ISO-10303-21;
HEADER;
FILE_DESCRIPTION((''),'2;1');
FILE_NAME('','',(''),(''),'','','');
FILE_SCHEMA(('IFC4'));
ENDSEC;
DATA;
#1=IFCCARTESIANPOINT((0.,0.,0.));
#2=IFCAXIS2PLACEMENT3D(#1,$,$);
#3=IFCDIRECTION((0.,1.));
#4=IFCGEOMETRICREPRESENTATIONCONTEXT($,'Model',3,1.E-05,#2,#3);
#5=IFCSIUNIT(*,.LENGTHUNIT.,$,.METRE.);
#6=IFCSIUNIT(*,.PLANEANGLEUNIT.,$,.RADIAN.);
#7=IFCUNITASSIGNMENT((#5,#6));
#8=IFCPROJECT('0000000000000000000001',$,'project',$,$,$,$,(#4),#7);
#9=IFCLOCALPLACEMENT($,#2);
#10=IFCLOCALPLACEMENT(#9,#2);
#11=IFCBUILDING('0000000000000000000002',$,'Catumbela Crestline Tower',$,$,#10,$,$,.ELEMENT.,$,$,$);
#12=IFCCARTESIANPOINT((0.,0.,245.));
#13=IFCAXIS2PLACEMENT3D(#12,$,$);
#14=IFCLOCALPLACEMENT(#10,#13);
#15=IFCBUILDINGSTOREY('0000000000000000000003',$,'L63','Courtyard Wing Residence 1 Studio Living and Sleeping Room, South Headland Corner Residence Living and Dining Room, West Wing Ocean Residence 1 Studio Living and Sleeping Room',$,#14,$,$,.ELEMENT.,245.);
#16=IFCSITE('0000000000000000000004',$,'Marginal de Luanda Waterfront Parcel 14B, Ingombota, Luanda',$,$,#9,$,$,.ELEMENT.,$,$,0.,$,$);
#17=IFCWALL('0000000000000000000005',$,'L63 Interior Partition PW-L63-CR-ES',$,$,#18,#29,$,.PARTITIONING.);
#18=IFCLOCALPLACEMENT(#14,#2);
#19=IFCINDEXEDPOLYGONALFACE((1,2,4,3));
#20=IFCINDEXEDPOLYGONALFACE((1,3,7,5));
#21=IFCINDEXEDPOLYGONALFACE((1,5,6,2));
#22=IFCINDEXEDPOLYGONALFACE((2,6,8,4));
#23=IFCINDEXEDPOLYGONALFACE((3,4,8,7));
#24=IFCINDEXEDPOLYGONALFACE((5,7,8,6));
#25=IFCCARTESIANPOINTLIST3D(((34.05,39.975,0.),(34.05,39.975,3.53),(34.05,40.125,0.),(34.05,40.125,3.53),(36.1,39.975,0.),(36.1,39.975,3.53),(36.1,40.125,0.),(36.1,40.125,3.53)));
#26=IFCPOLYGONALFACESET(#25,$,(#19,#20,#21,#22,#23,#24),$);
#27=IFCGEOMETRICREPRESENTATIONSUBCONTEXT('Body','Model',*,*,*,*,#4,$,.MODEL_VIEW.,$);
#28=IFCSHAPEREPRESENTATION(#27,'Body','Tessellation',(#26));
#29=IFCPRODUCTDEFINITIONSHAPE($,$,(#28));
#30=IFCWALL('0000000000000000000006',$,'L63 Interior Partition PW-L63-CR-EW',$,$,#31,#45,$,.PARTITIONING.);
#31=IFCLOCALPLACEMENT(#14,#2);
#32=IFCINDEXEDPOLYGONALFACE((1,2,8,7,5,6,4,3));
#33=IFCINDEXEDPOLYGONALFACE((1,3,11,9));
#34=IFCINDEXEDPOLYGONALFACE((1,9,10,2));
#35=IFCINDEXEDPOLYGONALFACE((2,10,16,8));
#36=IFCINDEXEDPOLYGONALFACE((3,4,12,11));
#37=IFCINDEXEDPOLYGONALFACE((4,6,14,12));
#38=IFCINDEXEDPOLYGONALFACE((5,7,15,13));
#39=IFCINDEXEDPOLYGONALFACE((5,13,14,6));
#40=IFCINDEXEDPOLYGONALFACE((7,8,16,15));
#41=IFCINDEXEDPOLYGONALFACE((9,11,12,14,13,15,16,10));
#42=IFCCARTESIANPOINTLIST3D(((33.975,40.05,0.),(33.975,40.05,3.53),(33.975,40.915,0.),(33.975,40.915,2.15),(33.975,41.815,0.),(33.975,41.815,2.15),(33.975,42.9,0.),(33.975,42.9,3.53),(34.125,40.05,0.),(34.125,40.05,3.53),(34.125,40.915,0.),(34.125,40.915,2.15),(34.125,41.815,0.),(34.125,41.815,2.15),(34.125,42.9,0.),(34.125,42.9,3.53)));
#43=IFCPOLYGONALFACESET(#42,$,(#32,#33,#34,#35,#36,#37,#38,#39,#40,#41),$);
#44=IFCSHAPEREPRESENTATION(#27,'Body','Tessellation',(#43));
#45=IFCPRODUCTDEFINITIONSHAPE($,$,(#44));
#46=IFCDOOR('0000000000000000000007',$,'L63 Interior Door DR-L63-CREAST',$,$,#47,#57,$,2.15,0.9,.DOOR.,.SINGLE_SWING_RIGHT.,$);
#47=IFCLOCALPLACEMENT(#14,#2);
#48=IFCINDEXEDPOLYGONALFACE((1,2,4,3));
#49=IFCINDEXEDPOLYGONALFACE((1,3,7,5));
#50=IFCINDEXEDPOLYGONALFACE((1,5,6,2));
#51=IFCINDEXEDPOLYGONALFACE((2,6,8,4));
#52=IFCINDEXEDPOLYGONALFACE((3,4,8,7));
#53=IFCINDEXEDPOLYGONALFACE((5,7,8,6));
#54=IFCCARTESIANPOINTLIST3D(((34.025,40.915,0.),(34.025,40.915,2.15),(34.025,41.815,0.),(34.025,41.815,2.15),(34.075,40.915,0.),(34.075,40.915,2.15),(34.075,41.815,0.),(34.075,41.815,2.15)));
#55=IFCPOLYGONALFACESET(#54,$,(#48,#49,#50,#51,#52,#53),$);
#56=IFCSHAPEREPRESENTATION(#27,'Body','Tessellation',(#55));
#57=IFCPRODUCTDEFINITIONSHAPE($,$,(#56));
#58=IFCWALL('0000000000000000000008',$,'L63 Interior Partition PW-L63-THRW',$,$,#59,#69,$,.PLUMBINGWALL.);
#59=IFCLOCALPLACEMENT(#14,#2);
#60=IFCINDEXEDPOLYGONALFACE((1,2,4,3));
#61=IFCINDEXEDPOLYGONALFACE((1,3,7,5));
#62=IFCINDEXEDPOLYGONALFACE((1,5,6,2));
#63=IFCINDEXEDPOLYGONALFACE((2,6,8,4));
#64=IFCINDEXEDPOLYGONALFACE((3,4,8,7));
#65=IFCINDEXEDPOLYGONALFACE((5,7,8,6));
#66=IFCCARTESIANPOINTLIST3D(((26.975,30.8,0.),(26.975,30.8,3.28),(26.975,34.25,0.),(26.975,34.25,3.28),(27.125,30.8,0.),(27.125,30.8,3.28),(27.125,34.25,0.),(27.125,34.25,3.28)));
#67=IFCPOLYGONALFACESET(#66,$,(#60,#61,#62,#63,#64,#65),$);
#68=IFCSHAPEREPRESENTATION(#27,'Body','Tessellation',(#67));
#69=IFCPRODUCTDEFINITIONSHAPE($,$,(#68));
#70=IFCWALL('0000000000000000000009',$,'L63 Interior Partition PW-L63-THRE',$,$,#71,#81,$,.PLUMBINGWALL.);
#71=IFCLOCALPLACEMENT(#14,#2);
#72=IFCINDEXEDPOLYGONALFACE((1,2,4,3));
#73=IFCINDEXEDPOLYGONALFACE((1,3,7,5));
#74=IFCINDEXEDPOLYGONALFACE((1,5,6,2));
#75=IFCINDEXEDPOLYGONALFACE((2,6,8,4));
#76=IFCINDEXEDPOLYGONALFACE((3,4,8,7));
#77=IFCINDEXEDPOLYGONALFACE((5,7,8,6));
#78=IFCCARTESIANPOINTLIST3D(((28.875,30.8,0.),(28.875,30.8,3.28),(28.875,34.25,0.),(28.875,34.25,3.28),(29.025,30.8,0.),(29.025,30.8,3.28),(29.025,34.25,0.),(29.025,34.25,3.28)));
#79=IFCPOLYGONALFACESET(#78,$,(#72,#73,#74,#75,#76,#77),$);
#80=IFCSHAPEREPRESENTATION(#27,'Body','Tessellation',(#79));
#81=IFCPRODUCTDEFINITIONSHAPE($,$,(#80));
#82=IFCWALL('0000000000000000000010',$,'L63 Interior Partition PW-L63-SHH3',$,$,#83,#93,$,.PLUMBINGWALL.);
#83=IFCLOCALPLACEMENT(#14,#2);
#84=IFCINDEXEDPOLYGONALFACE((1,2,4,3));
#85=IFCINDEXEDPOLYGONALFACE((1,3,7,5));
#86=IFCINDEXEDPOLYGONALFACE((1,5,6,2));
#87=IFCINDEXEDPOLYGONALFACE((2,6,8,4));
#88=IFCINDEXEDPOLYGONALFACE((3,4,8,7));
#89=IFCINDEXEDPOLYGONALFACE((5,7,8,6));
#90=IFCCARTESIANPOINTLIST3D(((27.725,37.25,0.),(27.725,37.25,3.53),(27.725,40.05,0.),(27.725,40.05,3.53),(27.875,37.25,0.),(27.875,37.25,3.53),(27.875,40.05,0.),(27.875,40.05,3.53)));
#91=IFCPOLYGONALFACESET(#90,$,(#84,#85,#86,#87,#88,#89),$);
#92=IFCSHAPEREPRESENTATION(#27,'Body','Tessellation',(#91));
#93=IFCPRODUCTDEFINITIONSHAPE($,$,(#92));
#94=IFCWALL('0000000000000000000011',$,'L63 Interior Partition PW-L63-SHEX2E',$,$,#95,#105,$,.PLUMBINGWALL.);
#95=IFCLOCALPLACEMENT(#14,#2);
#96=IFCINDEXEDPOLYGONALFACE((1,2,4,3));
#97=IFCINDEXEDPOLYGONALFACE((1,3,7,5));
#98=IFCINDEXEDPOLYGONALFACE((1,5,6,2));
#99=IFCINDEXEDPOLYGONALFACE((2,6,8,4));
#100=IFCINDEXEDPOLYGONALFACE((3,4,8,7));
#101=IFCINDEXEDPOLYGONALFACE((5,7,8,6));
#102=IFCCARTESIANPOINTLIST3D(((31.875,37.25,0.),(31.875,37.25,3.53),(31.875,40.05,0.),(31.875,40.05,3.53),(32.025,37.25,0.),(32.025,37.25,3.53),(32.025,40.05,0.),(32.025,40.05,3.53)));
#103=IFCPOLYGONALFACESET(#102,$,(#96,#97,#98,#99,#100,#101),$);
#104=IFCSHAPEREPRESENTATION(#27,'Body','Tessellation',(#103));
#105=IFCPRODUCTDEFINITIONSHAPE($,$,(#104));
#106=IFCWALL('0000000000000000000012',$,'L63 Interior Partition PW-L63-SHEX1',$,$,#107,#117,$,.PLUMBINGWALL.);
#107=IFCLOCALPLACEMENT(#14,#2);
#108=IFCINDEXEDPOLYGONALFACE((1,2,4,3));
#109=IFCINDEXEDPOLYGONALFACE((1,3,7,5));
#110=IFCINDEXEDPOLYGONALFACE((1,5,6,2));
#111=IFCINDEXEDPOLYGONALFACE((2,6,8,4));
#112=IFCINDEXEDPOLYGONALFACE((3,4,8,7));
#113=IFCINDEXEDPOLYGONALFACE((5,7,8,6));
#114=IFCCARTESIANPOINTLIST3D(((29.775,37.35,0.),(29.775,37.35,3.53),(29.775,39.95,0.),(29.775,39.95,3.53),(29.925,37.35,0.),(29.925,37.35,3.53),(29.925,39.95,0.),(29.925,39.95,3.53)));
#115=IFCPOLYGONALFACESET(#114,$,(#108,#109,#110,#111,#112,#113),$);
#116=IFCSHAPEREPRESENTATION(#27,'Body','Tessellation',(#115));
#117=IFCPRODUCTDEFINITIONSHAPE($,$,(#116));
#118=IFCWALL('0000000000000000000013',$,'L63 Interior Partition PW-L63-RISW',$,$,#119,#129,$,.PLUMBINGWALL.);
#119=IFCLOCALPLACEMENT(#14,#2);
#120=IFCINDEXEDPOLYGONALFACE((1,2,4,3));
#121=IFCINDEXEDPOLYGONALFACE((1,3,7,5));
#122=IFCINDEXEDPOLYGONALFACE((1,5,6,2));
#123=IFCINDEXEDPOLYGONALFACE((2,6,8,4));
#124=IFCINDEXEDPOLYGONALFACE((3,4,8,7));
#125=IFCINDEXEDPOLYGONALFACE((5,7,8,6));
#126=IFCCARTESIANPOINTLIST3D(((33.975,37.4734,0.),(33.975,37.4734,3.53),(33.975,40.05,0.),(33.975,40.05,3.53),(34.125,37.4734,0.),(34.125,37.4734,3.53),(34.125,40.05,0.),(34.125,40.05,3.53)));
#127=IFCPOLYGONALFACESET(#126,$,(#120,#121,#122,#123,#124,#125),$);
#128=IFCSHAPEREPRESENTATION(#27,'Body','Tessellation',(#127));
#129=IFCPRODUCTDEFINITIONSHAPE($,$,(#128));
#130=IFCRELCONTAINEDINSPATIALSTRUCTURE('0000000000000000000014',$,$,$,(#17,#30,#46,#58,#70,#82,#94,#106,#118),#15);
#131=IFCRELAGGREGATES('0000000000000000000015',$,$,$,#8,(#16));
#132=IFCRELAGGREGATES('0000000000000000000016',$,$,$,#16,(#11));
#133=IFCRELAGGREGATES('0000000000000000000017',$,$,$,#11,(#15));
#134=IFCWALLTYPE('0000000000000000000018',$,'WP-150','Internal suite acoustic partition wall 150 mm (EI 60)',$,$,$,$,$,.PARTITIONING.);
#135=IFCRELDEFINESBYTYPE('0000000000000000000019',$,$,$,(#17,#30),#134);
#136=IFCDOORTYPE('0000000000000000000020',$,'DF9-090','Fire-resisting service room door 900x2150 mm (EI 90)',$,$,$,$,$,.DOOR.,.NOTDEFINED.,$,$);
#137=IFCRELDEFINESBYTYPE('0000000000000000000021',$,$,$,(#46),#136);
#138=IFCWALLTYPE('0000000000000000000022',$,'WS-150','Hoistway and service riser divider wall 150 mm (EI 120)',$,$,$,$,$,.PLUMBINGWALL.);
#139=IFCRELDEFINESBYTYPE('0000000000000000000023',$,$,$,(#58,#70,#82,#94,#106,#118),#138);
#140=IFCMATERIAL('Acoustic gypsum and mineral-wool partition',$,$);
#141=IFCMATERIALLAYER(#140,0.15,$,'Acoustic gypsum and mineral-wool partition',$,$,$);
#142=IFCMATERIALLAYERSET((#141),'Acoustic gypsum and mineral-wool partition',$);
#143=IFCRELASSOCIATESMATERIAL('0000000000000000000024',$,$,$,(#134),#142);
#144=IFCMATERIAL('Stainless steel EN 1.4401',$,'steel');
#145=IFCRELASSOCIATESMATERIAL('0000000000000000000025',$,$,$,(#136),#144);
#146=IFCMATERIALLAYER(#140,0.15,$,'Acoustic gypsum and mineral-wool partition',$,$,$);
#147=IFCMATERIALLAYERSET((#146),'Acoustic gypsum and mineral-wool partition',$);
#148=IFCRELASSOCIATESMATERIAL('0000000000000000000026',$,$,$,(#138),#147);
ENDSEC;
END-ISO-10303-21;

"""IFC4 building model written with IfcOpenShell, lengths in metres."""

from ifc_helpers import new_model, si_unit, direction, frame, frame_2d, origin, place, context, subcontext, project, spatial, rectangle, extrude, material, layer, layer_set, type_object, element, fill, save


model = new_model("IFC4")

# Units and contexts
model_context = context("Model", 3, precision=1e-05, world=origin(), true_north=direction((0.0, 1.0)))
body_context = subcontext(model_context, "Body", "Model", "MODEL_VIEW")
ifc_project = project(units=[si_unit("LENGTHUNIT", "METRE"), si_unit("PLANEANGLEUNIT", "RADIAN")], contexts=[model_context])

# Site, building, storey
site_placement = place(None, origin())
site = spatial("IfcSite", under=ifc_project, at=site_placement, Name="Marginal de Luanda Waterfront Parcel 14B, Ingombota, Luanda", CompositionType="ELEMENT", RefElevation=0.0)
building_placement = place(site_placement, origin())
building = spatial("IfcBuilding", under=site, at=building_placement, Name="Catumbela Crestline Tower", CompositionType="ELEMENT")
storey_placement = place(building_placement, frame((0.0, 0.0, 245.0)))
storey = spatial("IfcBuildingStorey", under=building, at=storey_placement, Name="L63", Description="Courtyard Wing Residence 1 Studio Living and Sleeping Room, South Headland Corner Residence Living and Dining Room, West Wing Ocean Residence 1 Studio Living and Sleeping Room", CompositionType="ELEMENT", Elevation=245.0)

# Shared definitions
ifc_material_1 = material(Name="Stainless steel EN 1.4401", Category="steel")

# Shared definitions
ifc_material_2 = material(Name="Acoustic gypsum and mineral-wool partition")

# Wall
ifc_layer_1 = layer(ifc_material_2, 0.15, Name="Acoustic gypsum and mineral-wool partition")
ifc_layer_set_1 = layer_set([ifc_layer_1], Name="Acoustic gypsum and mineral-wool partition")
wall_type_1 = type_object("IfcWallType", Name="WP-150", Description="Internal suite acoustic partition wall 150 mm (EI 60)", PredefinedType="PARTITIONING", material=ifc_layer_set_1)
wall_1_placement = place(storey_placement, frame((34.05, 40.05, 0.0), z_axis=(0.0, 0.0, 1.0), x_axis=(1.0, 0.0, 0.0)))
element("IfcWall", 1, at=wall_1_placement, inside=storey, type_object=wall_type_1, Name="L63 Interior Partition PW-L63-CR-ES", PredefinedType="PARTITIONING", context=body_context, shape_type="SweptSolid", body=[
    extrude(rectangle(XDim=2.05, YDim=0.15, at=frame_2d((1.025, 0.0))), origin(), (0.0, 0.0, 1.0), 3.53),
])

# Wall, opening, door
wall_2_placement = place(storey_placement, frame((34.05, 40.05, 0.0), z_axis=(0.0, 0.0, 1.0), x_axis=(0.0, 1.0, 0.0)))
wall_2 = element("IfcWall", 2, at=wall_2_placement, inside=storey, type_object=wall_type_1, Name="L63 Interior Partition PW-L63-CR-EW", PredefinedType="PARTITIONING", context=body_context, shape_type="SweptSolid", body=[
    extrude(rectangle(XDim=2.85, YDim=0.15, at=frame_2d((1.425, 0.0))), origin(), (0.0, 0.0, 1.0), 3.53),
])
opening_1_placement = place(wall_2_placement, frame((0.865, 0.0, 0.0)))
opening_1 = element("IfcOpeningElement", 3, at=opening_1_placement, cuts=wall_2, PredefinedType="OPENING", context=body_context, shape_type="SweptSolid", body=[
    extrude(rectangle(XDim=0.9, YDim=2.15, at=frame_2d((0.45, 1.075))), frame((0.0, 0.085, 0.0), z_axis=(0.0, -1.0, 0.0), x_axis=(1.0, 0.0, 0.0)), (0.0, 0.0, 1.0), 0.17),
])
door_type_1 = type_object("IfcDoorType", Name="DF9-090", Description="Fire-resisting service room door 900x2150 mm (EI 90)", OperationType="NOTDEFINED", PredefinedType="DOOR", material=ifc_material_1)
door_1_placement = place(opening_1_placement, origin())
door_1 = element("IfcDoor", 4, at=door_1_placement, inside=storey, type_object=door_type_1, Name="L63 Interior Door DR-L63-CREAST", OperationType="SINGLE_SWING_RIGHT", OverallHeight=2.15, OverallWidth=0.9, PredefinedType="DOOR", context=body_context, shape_type="SweptSolid", body=[
    extrude(rectangle(XDim=0.9, YDim=2.15, at=frame_2d((0.45, 1.075))), frame((0.0, 0.025, 0.0), z_axis=(0.0, -1.0, 0.0), x_axis=(1.0, 0.0, 0.0)), (0.0, 0.0, 1.0), 0.05),
])
fill(opening_1, door_1)

# Walls
ifc_layer_2 = layer(ifc_material_2, 0.15, Name="Acoustic gypsum and mineral-wool partition")
ifc_layer_set_2 = layer_set([ifc_layer_2], Name="Acoustic gypsum and mineral-wool partition")
wall_type_2 = type_object("IfcWallType", Name="WS-150", Description="Hoistway and service riser divider wall 150 mm (EI 120)", PredefinedType="PLUMBINGWALL", material=ifc_layer_set_2)
for number, where, z_axis, x_axis, name in (
    (5, (27.05, 30.8, 0.0), (0.0, 0.0, 1.0), (0.0, 1.0, 0.0), "L63 Interior Partition PW-L63-THRW"),
    (6, (28.95, 30.8, 0.0), (0.0, 0.0, 1.0), (0.0, 1.0, 0.0), "L63 Interior Partition PW-L63-THRE"),
):
    element("IfcWall", number, at=place(storey_placement, frame(where, z_axis=z_axis, x_axis=x_axis)), inside=storey, type_object=wall_type_2, Name=name, PredefinedType="PLUMBINGWALL", context=body_context, shape_type="SweptSolid", body=[
        extrude(rectangle(XDim=3.45, YDim=0.15, at=frame_2d((1.725, 0.0))), origin(), (0.0, 0.0, 1.0), 3.28),
    ])
for number, where, z_axis, x_axis, name in (
    (7, (27.8, 37.25, 0.0), (0.0, 0.0, 1.0), (0.0, 1.0, 0.0), "L63 Interior Partition PW-L63-SHH3"),
    (8, (31.95, 37.25, 0.0), (0.0, 0.0, 1.0), (0.0, 1.0, 0.0), "L63 Interior Partition PW-L63-SHEX2E"),
):
    element("IfcWall", number, at=place(storey_placement, frame(where, z_axis=z_axis, x_axis=x_axis)), inside=storey, type_object=wall_type_2, Name=name, PredefinedType="PLUMBINGWALL", context=body_context, shape_type="SweptSolid", body=[
        extrude(rectangle(XDim=2.8, YDim=0.15, at=frame_2d((1.4, 0.0))), origin(), (0.0, 0.0, 1.0), 3.53),
    ])
wall_3_placement = place(storey_placement, frame((29.85, 37.35, 0.0), z_axis=(0.0, 0.0, 1.0), x_axis=(0.0, 1.0, 0.0)))
element("IfcWall", 9, at=wall_3_placement, inside=storey, type_object=wall_type_2, Name="L63 Interior Partition PW-L63-SHEX1", PredefinedType="PLUMBINGWALL", context=body_context, shape_type="SweptSolid", body=[
    extrude(rectangle(XDim=2.6, YDim=0.15, at=frame_2d((1.3, 0.0))), origin(), (0.0, 0.0, 1.0), 3.53),
])
wall_4_placement = place(storey_placement, frame((34.05, 37.4734, 0.0), z_axis=(0.0, 0.0, 1.0), x_axis=(0.0, 1.0, 0.0)))
element("IfcWall", 10, at=wall_4_placement, inside=storey, type_object=wall_type_2, Name="L63 Interior Partition PW-L63-RISW", PredefinedType="PLUMBINGWALL", context=body_context, shape_type="SweptSolid", body=[
    extrude(rectangle(XDim=2.5766, YDim=0.15, at=frame_2d((1.2883, 0.0))), origin(), (0.0, 0.0, 1.0), 3.53),
])

save(model, "model.ifc")
